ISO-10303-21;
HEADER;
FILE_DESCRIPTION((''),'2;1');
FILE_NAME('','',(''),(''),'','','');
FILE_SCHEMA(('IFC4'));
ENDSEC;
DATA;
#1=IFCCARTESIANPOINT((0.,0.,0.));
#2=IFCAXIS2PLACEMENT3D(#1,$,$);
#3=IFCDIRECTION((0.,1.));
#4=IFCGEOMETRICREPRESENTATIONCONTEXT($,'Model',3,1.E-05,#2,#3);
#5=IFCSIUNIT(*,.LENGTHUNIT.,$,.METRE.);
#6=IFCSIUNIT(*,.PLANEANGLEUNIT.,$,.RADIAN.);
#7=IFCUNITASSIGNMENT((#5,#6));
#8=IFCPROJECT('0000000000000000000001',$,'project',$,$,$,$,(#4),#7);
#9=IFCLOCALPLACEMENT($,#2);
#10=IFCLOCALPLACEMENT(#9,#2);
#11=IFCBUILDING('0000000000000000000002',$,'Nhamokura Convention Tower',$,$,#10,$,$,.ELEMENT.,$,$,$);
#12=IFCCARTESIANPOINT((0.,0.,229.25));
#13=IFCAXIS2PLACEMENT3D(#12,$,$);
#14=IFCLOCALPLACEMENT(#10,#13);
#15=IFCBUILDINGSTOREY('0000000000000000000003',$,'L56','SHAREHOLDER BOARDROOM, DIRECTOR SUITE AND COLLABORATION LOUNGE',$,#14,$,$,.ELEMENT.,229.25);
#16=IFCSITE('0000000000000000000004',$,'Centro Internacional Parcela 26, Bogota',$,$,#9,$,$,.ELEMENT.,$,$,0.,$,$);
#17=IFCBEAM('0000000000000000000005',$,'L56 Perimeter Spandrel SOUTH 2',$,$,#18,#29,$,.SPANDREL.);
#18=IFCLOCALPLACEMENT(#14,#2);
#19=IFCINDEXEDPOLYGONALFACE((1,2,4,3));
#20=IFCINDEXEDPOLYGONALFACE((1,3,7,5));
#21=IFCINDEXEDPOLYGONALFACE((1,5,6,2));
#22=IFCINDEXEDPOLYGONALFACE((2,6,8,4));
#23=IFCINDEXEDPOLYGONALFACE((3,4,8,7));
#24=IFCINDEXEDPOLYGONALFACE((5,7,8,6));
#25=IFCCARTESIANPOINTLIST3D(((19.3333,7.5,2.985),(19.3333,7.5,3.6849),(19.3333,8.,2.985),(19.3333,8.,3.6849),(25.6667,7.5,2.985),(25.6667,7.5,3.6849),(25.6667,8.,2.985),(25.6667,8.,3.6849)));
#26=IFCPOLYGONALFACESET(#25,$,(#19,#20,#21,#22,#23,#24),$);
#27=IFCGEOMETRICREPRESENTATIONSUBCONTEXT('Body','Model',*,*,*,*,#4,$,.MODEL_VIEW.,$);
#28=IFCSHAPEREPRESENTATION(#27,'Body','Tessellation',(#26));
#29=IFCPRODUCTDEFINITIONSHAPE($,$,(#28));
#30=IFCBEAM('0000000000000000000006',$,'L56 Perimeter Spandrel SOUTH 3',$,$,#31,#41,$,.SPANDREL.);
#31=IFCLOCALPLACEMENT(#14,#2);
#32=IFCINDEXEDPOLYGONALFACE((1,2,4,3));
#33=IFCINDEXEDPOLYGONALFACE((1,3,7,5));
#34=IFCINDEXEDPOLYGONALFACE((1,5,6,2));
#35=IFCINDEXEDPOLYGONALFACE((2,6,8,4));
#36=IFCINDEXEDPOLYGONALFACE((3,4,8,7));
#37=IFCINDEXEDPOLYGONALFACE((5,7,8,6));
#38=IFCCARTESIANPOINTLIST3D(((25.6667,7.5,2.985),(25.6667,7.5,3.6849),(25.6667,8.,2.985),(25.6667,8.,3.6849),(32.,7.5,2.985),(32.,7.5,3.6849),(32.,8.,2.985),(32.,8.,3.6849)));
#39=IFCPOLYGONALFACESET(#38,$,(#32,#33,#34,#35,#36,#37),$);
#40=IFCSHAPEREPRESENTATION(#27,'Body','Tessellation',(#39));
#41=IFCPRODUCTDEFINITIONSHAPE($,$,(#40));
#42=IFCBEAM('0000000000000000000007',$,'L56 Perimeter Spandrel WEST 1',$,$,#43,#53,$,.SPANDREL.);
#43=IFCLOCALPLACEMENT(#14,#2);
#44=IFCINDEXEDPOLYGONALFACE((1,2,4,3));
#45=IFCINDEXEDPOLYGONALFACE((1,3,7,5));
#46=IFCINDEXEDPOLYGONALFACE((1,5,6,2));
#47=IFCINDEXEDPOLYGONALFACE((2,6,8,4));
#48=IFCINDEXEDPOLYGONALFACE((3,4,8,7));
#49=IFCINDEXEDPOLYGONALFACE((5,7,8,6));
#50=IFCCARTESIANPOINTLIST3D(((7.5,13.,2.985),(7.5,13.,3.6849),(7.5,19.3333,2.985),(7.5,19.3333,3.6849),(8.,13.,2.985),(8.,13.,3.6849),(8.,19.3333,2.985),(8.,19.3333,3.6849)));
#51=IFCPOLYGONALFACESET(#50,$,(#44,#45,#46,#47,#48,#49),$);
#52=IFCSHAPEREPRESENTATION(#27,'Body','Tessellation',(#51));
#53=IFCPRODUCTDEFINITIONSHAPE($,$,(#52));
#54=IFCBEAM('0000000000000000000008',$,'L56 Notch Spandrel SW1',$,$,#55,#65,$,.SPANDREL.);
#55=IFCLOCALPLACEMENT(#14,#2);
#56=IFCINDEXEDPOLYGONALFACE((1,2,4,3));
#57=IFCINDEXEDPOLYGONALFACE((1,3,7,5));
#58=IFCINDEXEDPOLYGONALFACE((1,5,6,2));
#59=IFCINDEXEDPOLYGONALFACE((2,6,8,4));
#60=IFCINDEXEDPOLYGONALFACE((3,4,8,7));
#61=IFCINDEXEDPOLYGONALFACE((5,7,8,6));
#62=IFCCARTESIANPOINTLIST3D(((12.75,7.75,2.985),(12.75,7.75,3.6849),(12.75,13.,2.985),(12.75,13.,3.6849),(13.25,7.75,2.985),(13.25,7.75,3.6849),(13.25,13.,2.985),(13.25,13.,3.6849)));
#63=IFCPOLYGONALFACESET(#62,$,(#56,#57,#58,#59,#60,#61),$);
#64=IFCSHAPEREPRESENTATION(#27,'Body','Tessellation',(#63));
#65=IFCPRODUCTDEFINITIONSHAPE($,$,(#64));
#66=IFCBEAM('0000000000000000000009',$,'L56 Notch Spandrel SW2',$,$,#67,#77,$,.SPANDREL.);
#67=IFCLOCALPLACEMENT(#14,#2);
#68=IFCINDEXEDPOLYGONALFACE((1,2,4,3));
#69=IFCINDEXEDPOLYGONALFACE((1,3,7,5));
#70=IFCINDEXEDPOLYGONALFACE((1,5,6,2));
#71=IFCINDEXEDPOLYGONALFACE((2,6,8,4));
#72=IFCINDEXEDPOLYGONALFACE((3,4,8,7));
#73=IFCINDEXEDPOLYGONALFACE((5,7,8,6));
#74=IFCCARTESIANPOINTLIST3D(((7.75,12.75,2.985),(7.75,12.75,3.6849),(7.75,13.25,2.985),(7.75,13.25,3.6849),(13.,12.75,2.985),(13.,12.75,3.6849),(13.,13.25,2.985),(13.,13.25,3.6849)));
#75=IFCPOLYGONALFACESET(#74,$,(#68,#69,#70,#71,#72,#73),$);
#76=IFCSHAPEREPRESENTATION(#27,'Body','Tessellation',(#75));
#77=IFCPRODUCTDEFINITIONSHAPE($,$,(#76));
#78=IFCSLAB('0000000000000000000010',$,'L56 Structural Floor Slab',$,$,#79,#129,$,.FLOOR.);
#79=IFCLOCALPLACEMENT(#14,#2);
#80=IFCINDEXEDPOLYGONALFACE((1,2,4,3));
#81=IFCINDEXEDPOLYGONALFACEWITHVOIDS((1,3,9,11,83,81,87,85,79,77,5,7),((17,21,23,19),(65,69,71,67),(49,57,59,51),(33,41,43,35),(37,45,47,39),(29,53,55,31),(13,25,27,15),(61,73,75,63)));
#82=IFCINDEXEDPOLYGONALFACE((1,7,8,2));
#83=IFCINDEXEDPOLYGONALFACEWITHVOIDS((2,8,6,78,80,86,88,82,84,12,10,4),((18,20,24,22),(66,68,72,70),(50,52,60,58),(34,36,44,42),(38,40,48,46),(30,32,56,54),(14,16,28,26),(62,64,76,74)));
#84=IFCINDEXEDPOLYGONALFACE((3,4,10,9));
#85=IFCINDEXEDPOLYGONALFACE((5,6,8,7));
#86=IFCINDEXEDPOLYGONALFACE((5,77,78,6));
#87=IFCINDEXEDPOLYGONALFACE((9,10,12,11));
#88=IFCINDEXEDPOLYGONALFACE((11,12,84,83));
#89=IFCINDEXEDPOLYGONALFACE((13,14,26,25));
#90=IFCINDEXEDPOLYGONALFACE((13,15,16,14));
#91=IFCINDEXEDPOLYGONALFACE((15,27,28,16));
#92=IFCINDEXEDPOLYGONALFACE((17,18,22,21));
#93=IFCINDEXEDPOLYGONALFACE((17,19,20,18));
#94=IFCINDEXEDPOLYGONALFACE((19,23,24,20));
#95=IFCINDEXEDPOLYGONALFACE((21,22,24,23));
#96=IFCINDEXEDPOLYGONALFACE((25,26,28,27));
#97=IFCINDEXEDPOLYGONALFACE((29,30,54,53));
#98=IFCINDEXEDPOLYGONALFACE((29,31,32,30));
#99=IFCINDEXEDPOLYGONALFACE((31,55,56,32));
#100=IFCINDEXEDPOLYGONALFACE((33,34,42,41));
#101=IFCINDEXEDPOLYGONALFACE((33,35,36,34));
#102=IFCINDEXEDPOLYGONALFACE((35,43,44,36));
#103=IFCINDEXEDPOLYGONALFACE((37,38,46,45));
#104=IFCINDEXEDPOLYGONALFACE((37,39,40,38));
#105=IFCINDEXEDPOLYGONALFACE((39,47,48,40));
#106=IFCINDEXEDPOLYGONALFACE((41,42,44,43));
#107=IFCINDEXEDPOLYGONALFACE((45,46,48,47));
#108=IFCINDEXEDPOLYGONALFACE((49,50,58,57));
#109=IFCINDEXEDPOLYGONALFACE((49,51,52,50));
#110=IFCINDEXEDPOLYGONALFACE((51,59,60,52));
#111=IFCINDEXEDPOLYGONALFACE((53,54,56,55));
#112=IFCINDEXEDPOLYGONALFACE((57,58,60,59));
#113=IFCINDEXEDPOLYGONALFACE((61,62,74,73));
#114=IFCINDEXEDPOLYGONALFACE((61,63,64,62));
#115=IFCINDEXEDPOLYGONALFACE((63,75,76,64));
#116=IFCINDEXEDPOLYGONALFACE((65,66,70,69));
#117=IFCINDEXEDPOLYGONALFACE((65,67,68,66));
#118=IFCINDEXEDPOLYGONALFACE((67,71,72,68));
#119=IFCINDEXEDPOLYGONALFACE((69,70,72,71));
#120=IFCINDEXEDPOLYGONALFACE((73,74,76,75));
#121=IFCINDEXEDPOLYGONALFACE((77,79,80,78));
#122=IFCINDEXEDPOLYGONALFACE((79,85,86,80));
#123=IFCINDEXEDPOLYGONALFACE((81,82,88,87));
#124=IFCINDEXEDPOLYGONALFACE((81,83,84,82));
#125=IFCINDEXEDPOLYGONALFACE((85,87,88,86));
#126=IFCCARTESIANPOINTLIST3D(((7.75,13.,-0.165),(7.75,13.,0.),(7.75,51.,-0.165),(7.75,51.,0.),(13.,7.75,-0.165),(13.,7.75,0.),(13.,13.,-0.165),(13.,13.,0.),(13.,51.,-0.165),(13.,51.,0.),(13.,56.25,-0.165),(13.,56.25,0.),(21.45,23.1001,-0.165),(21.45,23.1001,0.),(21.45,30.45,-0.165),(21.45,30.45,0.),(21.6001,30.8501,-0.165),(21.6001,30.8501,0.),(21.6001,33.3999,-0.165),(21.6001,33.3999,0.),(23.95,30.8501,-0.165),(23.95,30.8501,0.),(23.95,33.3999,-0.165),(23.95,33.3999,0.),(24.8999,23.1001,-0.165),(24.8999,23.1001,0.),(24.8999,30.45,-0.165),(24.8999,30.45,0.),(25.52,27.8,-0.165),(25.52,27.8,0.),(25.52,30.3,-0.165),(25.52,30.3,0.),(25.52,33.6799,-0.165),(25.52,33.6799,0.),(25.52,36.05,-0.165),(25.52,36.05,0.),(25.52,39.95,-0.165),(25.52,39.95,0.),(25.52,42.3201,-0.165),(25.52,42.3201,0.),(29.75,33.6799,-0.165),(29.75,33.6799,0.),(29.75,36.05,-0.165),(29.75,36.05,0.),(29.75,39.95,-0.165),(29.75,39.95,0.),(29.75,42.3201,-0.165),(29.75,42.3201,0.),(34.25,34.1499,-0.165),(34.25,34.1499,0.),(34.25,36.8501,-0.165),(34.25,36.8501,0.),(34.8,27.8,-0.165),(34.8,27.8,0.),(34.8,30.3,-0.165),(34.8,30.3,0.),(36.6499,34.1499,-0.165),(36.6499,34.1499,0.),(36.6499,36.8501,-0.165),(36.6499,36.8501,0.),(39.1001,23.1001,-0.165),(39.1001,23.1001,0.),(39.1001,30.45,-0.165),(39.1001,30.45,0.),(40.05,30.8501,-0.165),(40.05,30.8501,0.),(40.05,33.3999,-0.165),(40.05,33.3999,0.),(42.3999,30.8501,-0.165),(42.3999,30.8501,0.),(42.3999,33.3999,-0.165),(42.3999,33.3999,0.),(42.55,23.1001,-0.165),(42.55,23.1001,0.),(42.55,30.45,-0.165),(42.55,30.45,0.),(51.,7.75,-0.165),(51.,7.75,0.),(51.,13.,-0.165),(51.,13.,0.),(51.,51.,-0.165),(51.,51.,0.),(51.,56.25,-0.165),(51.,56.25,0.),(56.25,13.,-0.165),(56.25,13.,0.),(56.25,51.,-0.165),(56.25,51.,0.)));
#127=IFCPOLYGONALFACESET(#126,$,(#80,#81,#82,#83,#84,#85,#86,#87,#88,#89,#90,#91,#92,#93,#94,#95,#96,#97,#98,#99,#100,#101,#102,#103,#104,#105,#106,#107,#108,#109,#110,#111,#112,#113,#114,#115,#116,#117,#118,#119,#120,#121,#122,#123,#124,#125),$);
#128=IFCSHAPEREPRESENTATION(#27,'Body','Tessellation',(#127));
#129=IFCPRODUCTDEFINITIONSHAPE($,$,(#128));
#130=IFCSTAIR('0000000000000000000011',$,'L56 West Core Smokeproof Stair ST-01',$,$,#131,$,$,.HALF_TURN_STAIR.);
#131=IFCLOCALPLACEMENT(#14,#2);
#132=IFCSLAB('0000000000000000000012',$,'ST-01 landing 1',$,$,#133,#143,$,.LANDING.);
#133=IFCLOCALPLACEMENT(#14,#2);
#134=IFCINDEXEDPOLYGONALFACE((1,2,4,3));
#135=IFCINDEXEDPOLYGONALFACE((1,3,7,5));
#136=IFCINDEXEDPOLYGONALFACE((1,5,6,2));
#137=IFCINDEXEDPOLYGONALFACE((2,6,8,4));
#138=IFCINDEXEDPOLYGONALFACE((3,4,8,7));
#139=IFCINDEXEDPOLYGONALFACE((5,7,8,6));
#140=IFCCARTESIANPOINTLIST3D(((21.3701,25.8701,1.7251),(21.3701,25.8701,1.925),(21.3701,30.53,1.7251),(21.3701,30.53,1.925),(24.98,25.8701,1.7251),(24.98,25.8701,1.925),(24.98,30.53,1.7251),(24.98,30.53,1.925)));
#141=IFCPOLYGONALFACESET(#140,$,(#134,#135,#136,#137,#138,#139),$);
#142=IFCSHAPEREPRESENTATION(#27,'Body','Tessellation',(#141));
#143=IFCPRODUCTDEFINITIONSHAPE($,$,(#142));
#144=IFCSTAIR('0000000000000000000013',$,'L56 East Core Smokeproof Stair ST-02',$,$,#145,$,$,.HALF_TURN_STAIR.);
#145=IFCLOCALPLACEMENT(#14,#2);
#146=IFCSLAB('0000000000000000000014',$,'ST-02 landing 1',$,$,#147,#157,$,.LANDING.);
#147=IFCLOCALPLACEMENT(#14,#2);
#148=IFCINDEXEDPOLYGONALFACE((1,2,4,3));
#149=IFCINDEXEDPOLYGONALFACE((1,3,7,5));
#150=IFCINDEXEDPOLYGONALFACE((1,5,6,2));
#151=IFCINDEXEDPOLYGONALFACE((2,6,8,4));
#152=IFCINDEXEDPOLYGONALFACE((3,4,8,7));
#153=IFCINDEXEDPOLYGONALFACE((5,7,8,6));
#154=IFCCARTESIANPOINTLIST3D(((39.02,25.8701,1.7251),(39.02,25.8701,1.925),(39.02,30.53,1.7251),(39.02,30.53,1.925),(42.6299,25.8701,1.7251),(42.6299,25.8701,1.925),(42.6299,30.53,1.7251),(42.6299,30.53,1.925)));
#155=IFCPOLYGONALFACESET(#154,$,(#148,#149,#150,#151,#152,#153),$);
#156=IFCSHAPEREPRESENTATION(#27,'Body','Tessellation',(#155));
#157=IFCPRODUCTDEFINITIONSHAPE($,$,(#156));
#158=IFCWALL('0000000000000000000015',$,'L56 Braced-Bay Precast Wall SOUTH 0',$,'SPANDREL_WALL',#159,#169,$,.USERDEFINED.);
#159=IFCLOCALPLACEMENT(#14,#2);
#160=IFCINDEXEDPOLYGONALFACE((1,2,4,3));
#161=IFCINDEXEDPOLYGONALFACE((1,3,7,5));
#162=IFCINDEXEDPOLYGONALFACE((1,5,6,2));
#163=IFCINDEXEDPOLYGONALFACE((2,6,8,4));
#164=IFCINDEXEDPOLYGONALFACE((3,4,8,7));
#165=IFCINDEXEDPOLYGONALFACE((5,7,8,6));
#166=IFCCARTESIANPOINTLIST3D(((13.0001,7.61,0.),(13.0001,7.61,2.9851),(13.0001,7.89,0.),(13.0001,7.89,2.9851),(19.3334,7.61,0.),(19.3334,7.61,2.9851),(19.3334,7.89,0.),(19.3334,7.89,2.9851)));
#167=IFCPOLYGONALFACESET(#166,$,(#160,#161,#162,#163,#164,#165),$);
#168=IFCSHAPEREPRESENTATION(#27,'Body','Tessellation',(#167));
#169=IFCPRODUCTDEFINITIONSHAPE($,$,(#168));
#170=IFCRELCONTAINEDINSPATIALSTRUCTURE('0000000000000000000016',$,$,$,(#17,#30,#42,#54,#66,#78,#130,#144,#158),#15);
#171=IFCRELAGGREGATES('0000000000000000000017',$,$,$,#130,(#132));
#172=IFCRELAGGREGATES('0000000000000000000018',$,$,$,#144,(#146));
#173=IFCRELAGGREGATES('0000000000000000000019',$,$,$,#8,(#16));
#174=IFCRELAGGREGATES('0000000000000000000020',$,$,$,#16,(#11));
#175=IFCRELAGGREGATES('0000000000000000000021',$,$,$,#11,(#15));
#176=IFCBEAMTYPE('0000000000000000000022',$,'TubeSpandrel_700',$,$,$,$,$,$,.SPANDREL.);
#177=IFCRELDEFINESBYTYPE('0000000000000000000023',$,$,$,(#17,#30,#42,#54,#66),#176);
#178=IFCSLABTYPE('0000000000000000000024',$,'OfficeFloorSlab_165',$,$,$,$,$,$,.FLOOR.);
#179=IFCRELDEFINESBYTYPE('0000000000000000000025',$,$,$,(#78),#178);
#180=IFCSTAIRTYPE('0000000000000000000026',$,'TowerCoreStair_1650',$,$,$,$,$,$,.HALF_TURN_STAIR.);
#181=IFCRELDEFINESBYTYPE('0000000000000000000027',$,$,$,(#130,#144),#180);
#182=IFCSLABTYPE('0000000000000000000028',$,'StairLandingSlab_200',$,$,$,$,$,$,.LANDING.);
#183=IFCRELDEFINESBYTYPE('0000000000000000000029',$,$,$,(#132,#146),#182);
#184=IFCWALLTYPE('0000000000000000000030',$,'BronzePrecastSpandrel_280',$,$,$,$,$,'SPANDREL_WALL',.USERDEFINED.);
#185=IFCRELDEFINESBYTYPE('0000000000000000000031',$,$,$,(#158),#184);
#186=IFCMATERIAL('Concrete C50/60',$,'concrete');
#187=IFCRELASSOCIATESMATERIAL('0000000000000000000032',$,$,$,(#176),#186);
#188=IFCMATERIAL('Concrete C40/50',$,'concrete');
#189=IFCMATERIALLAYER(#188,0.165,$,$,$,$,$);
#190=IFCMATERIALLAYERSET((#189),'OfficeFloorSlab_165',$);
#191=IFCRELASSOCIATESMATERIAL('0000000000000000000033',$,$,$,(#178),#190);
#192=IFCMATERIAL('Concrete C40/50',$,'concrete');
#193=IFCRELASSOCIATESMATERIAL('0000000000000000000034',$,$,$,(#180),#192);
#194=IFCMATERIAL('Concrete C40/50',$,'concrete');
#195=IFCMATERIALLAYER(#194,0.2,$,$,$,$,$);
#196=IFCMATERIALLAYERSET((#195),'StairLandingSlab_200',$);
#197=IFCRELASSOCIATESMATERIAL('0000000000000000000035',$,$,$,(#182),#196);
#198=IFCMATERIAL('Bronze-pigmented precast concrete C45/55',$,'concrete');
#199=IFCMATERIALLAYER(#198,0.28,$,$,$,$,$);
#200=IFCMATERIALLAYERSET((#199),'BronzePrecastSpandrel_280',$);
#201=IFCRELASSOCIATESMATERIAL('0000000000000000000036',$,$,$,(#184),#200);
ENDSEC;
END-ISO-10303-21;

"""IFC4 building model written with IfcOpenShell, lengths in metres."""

from ifc_helpers import new_model, si_unit, direction, frame, frame_2d, origin, origin_2d, place, context, subcontext, project, spatial, polyline, rectangle, outline, extrude, material, layer, layer_set, material_profile, profile_set, type_object, element, aggregate, save


model = new_model("IFC4")

# Units and contexts
model_context = context("Model", 3, precision=1e-05, world=origin(), true_north=direction((0.0, 1.0)))
body_context = subcontext(model_context, "Body", "Model", "MODEL_VIEW")
ifc_project = project(units=[si_unit("LENGTHUNIT", "METRE"), si_unit("PLANEANGLEUNIT", "RADIAN")], contexts=[model_context])

# Site, building, storey
site_placement = place(None, origin())
site = spatial("IfcSite", under=ifc_project, at=site_placement, Name="Centro Internacional Parcela 26, Bogota", CompositionType="ELEMENT", RefElevation=0.0)
building_placement = place(site_placement, origin())
building = spatial("IfcBuilding", under=site, at=building_placement, Name="Nhamokura Convention Tower", CompositionType="ELEMENT")
storey_placement = place(building_placement, frame((0.0, 0.0, 229.25)))
storey = spatial("IfcBuildingStorey", under=building, at=storey_placement, Name="L56", Description="SHAREHOLDER BOARDROOM, DIRECTOR SUITE AND COLLABORATION LOUNGE", CompositionType="ELEMENT", Elevation=229.25)

# Beams
ifc_material_1 = material(Name="Concrete C50/60", Category="concrete")
ifc_material_profile_1 = material_profile(ifc_material_1, rectangle(XDim=0.5, YDim=0.7, at=origin_2d()))
ifc_profile_set_1 = profile_set([ifc_material_profile_1], Name="Concrete C50/60")
beam_type_1 = type_object("IfcBeamType", Name="TubeSpandrel_700", PredefinedType="SPANDREL", material=ifc_profile_set_1)
beam_1_placement = place(storey_placement, frame((19.3333, 7.75, 3.335), z_axis=(1.0, 0.0, 0.0), x_axis=(0.0, 1.0, 0.0)))
element("IfcBeam", 1, at=beam_1_placement, inside=storey, type_object=beam_type_1, Name="L56 Perimeter Spandrel SOUTH 2", PredefinedType="SPANDREL", context=body_context, shape_type="SweptSolid", body=[
    extrude(rectangle(XDim=0.5, YDim=0.7, at=origin_2d()), origin(), (0.0, 0.0, 1.0), 6.3335),
])
for number, where, z_axis, x_axis, name in (
    (2, (25.6667, 7.75, 3.335), (1.0, 0.0, 0.0), (0.0, 1.0, 0.0), "L56 Perimeter Spandrel SOUTH 3"),
    (3, (7.75, 13.0, 3.335), (0.0, 1.0, 0.0), (-1.0, 0.0, 0.0), "L56 Perimeter Spandrel WEST 1"),
):
    element("IfcBeam", number, at=place(storey_placement, frame(where, z_axis=z_axis, x_axis=x_axis)), inside=storey, type_object=beam_type_1, Name=name, PredefinedType="SPANDREL", context=body_context, shape_type="SweptSolid", body=[
        extrude(rectangle(XDim=0.5, YDim=0.7, at=origin_2d()), origin(), (0.0, 0.0, 1.0), 6.3333),
    ])
for number, where, z_axis, x_axis, name in (
    (4, (13.0, 7.75, 3.335), (0.0, 1.0, 0.0), (-1.0, 0.0, 0.0), "L56 Notch Spandrel SW1"),
    (5, (13.0, 13.0, 3.335), (-1.0, 0.0, 0.0), (0.0, -1.0, 0.0), "L56 Notch Spandrel SW2"),
):
    element("IfcBeam", number, at=place(storey_placement, frame(where, z_axis=z_axis, x_axis=x_axis)), inside=storey, type_object=beam_type_1, Name=name, PredefinedType="SPANDREL", context=body_context, shape_type="SweptSolid", body=[
        extrude(rectangle(XDim=0.5, YDim=0.7, at=origin_2d()), origin(), (0.0, 0.0, 1.0), 5.25),
    ])

# Slab
ifc_material_2 = material(Name="Concrete C40/50", Category="concrete")
ifc_layer_1 = layer(ifc_material_2, 0.165)
ifc_layer_set_1 = layer_set([ifc_layer_1], Name="OfficeFloorSlab_165")
slab_type_1 = type_object("IfcSlabType", Name="OfficeFloorSlab_165", PredefinedType="FLOOR", material=ifc_layer_set_1)
slab_1_placement = place(storey_placement, frame((0.0, 0.0, -0.165)))
element("IfcSlab", 6, at=slab_1_placement, inside=storey, type_object=slab_type_1, Name="L56 Structural Floor Slab", PredefinedType="FLOOR", context=body_context, shape_type="SweptSolid", body=[
    extrude(outline(polyline([(13.0, 7.75), (51.0, 7.75), (51.0, 13.0), (56.25, 13.0), (56.25, 51.0), (51.0, 51.0), (51.0, 56.25), (13.0, 56.25), (13.0, 51.0), (7.75, 51.0), (7.75, 13.0), (13.0, 13.0), (13.0, 7.75)]), holes=[polyline([(24.8999, 23.1001), (24.8999, 30.45), (21.45, 30.45), (21.45, 23.1001), (24.8999, 23.1001)]), polyline([(42.55, 23.1001), (42.55, 30.45), (39.1001, 30.45), (39.1001, 23.1001), (42.55, 23.1001)]), polyline([(21.6001, 30.8501), (23.95, 30.8501), (23.95, 33.3999), (21.6001, 33.3999), (21.6001, 30.8501)]), polyline([(40.05, 30.8501), (42.3999, 30.8501), (42.3999, 33.3999), (40.05, 33.3999), (40.05, 30.8501)]), polyline([(34.25, 34.1499), (36.6499, 34.1499), (36.6499, 36.8501), (34.25, 36.8501), (34.25, 34.1499)]), polyline([(25.52, 27.8), (34.8, 27.8), (34.8, 30.3), (25.52, 30.3), (25.52, 27.8)]), polyline([(25.52, 33.6799), (29.75, 33.6799), (29.75, 36.05), (25.52, 36.05), (25.52, 33.6799)]), polyline([(25.52, 39.95), (29.75, 39.95), (29.75, 42.3201), (25.52, 42.3201), (25.52, 39.95)])]), origin(), (0.0, 0.0, 1.0), 0.165),
])

# Stairs, slabs
ifc_material_3 = material(Name="Concrete C40/50", Category="concrete")
stair_type = type_object("IfcStairType", Name="TowerCoreStair_1650", PredefinedType="HALF_TURN_STAIR", material=ifc_material_3)
stair_1_placement = place(storey_placement, origin())
stair_1 = element("IfcStair", 7, at=stair_1_placement, inside=storey, type_object=stair_type, Name="L56 West Core Smokeproof Stair ST-01", PredefinedType="HALF_TURN_STAIR")
ifc_material_4 = material(Name="Concrete C40/50", Category="concrete")
ifc_layer_2 = layer(ifc_material_4, 0.2)
ifc_layer_set_2 = layer_set([ifc_layer_2], Name="StairLandingSlab_200")
slab_type_2 = type_object("IfcSlabType", Name="StairLandingSlab_200", PredefinedType="LANDING", material=ifc_layer_set_2)
slab_2_placement = place(storey_placement, frame((0.0, 0.0, 1.7251)))
slab_2 = element("IfcSlab", 8, at=slab_2_placement, type_object=slab_type_2, Name="ST-01 landing 1", PredefinedType="LANDING", context=body_context, shape_type="SweptSolid", body=[
    extrude(outline(polyline([(24.98, 25.8701), (24.98, 30.53), (21.3701, 30.53), (21.3701, 25.8701), (24.98, 25.8701)])), origin(), (0.0, 0.0, 1.0), 0.2),
])
aggregate(stair_1, [slab_2])
stair_2_placement = place(storey_placement, origin())
stair_2 = element("IfcStair", 9, at=stair_2_placement, inside=storey, type_object=stair_type, Name="L56 East Core Smokeproof Stair ST-02", PredefinedType="HALF_TURN_STAIR")
slab_3_placement = place(storey_placement, frame((0.0, 0.0, 1.7251)))
slab_3 = element("IfcSlab", 10, at=slab_3_placement, type_object=slab_type_2, Name="ST-02 landing 1", PredefinedType="LANDING", context=body_context, shape_type="SweptSolid", body=[
    extrude(outline(polyline([(42.6299, 25.8701), (42.6299, 30.53), (39.02, 30.53), (39.02, 25.8701), (42.6299, 25.8701)])), origin(), (0.0, 0.0, 1.0), 0.2),
])
aggregate(stair_2, [slab_3])

# Wall
ifc_material_5 = material(Name="Bronze-pigmented precast concrete C45/55", Category="concrete")
ifc_layer_3 = layer(ifc_material_5, 0.28)
ifc_layer_set_3 = layer_set([ifc_layer_3], Name="BronzePrecastSpandrel_280")
wall_type_1 = type_object("IfcWallType", Name="BronzePrecastSpandrel_280", ElementType="SPANDREL_WALL", PredefinedType="USERDEFINED", material=ifc_layer_set_3)
wall_1_placement = place(storey_placement, frame((19.3333, 7.75, 0.0), z_axis=(0.0, 0.0, 1.0), x_axis=(-1.0, 0.0, 0.0)))
element("IfcWall", 11, at=wall_1_placement, inside=storey, type_object=wall_type_1, Name="L56 Braced-Bay Precast Wall SOUTH 0", ObjectType="SPANDREL_WALL", PredefinedType="USERDEFINED", context=body_context, shape_type="SweptSolid", body=[
    extrude(rectangle(XDim=6.3333, YDim=0.28, at=frame_2d((3.1665, 0.0))), origin(), (0.0, 0.0, 1.0), 2.9851),
])

save(model, "model.ifc")
